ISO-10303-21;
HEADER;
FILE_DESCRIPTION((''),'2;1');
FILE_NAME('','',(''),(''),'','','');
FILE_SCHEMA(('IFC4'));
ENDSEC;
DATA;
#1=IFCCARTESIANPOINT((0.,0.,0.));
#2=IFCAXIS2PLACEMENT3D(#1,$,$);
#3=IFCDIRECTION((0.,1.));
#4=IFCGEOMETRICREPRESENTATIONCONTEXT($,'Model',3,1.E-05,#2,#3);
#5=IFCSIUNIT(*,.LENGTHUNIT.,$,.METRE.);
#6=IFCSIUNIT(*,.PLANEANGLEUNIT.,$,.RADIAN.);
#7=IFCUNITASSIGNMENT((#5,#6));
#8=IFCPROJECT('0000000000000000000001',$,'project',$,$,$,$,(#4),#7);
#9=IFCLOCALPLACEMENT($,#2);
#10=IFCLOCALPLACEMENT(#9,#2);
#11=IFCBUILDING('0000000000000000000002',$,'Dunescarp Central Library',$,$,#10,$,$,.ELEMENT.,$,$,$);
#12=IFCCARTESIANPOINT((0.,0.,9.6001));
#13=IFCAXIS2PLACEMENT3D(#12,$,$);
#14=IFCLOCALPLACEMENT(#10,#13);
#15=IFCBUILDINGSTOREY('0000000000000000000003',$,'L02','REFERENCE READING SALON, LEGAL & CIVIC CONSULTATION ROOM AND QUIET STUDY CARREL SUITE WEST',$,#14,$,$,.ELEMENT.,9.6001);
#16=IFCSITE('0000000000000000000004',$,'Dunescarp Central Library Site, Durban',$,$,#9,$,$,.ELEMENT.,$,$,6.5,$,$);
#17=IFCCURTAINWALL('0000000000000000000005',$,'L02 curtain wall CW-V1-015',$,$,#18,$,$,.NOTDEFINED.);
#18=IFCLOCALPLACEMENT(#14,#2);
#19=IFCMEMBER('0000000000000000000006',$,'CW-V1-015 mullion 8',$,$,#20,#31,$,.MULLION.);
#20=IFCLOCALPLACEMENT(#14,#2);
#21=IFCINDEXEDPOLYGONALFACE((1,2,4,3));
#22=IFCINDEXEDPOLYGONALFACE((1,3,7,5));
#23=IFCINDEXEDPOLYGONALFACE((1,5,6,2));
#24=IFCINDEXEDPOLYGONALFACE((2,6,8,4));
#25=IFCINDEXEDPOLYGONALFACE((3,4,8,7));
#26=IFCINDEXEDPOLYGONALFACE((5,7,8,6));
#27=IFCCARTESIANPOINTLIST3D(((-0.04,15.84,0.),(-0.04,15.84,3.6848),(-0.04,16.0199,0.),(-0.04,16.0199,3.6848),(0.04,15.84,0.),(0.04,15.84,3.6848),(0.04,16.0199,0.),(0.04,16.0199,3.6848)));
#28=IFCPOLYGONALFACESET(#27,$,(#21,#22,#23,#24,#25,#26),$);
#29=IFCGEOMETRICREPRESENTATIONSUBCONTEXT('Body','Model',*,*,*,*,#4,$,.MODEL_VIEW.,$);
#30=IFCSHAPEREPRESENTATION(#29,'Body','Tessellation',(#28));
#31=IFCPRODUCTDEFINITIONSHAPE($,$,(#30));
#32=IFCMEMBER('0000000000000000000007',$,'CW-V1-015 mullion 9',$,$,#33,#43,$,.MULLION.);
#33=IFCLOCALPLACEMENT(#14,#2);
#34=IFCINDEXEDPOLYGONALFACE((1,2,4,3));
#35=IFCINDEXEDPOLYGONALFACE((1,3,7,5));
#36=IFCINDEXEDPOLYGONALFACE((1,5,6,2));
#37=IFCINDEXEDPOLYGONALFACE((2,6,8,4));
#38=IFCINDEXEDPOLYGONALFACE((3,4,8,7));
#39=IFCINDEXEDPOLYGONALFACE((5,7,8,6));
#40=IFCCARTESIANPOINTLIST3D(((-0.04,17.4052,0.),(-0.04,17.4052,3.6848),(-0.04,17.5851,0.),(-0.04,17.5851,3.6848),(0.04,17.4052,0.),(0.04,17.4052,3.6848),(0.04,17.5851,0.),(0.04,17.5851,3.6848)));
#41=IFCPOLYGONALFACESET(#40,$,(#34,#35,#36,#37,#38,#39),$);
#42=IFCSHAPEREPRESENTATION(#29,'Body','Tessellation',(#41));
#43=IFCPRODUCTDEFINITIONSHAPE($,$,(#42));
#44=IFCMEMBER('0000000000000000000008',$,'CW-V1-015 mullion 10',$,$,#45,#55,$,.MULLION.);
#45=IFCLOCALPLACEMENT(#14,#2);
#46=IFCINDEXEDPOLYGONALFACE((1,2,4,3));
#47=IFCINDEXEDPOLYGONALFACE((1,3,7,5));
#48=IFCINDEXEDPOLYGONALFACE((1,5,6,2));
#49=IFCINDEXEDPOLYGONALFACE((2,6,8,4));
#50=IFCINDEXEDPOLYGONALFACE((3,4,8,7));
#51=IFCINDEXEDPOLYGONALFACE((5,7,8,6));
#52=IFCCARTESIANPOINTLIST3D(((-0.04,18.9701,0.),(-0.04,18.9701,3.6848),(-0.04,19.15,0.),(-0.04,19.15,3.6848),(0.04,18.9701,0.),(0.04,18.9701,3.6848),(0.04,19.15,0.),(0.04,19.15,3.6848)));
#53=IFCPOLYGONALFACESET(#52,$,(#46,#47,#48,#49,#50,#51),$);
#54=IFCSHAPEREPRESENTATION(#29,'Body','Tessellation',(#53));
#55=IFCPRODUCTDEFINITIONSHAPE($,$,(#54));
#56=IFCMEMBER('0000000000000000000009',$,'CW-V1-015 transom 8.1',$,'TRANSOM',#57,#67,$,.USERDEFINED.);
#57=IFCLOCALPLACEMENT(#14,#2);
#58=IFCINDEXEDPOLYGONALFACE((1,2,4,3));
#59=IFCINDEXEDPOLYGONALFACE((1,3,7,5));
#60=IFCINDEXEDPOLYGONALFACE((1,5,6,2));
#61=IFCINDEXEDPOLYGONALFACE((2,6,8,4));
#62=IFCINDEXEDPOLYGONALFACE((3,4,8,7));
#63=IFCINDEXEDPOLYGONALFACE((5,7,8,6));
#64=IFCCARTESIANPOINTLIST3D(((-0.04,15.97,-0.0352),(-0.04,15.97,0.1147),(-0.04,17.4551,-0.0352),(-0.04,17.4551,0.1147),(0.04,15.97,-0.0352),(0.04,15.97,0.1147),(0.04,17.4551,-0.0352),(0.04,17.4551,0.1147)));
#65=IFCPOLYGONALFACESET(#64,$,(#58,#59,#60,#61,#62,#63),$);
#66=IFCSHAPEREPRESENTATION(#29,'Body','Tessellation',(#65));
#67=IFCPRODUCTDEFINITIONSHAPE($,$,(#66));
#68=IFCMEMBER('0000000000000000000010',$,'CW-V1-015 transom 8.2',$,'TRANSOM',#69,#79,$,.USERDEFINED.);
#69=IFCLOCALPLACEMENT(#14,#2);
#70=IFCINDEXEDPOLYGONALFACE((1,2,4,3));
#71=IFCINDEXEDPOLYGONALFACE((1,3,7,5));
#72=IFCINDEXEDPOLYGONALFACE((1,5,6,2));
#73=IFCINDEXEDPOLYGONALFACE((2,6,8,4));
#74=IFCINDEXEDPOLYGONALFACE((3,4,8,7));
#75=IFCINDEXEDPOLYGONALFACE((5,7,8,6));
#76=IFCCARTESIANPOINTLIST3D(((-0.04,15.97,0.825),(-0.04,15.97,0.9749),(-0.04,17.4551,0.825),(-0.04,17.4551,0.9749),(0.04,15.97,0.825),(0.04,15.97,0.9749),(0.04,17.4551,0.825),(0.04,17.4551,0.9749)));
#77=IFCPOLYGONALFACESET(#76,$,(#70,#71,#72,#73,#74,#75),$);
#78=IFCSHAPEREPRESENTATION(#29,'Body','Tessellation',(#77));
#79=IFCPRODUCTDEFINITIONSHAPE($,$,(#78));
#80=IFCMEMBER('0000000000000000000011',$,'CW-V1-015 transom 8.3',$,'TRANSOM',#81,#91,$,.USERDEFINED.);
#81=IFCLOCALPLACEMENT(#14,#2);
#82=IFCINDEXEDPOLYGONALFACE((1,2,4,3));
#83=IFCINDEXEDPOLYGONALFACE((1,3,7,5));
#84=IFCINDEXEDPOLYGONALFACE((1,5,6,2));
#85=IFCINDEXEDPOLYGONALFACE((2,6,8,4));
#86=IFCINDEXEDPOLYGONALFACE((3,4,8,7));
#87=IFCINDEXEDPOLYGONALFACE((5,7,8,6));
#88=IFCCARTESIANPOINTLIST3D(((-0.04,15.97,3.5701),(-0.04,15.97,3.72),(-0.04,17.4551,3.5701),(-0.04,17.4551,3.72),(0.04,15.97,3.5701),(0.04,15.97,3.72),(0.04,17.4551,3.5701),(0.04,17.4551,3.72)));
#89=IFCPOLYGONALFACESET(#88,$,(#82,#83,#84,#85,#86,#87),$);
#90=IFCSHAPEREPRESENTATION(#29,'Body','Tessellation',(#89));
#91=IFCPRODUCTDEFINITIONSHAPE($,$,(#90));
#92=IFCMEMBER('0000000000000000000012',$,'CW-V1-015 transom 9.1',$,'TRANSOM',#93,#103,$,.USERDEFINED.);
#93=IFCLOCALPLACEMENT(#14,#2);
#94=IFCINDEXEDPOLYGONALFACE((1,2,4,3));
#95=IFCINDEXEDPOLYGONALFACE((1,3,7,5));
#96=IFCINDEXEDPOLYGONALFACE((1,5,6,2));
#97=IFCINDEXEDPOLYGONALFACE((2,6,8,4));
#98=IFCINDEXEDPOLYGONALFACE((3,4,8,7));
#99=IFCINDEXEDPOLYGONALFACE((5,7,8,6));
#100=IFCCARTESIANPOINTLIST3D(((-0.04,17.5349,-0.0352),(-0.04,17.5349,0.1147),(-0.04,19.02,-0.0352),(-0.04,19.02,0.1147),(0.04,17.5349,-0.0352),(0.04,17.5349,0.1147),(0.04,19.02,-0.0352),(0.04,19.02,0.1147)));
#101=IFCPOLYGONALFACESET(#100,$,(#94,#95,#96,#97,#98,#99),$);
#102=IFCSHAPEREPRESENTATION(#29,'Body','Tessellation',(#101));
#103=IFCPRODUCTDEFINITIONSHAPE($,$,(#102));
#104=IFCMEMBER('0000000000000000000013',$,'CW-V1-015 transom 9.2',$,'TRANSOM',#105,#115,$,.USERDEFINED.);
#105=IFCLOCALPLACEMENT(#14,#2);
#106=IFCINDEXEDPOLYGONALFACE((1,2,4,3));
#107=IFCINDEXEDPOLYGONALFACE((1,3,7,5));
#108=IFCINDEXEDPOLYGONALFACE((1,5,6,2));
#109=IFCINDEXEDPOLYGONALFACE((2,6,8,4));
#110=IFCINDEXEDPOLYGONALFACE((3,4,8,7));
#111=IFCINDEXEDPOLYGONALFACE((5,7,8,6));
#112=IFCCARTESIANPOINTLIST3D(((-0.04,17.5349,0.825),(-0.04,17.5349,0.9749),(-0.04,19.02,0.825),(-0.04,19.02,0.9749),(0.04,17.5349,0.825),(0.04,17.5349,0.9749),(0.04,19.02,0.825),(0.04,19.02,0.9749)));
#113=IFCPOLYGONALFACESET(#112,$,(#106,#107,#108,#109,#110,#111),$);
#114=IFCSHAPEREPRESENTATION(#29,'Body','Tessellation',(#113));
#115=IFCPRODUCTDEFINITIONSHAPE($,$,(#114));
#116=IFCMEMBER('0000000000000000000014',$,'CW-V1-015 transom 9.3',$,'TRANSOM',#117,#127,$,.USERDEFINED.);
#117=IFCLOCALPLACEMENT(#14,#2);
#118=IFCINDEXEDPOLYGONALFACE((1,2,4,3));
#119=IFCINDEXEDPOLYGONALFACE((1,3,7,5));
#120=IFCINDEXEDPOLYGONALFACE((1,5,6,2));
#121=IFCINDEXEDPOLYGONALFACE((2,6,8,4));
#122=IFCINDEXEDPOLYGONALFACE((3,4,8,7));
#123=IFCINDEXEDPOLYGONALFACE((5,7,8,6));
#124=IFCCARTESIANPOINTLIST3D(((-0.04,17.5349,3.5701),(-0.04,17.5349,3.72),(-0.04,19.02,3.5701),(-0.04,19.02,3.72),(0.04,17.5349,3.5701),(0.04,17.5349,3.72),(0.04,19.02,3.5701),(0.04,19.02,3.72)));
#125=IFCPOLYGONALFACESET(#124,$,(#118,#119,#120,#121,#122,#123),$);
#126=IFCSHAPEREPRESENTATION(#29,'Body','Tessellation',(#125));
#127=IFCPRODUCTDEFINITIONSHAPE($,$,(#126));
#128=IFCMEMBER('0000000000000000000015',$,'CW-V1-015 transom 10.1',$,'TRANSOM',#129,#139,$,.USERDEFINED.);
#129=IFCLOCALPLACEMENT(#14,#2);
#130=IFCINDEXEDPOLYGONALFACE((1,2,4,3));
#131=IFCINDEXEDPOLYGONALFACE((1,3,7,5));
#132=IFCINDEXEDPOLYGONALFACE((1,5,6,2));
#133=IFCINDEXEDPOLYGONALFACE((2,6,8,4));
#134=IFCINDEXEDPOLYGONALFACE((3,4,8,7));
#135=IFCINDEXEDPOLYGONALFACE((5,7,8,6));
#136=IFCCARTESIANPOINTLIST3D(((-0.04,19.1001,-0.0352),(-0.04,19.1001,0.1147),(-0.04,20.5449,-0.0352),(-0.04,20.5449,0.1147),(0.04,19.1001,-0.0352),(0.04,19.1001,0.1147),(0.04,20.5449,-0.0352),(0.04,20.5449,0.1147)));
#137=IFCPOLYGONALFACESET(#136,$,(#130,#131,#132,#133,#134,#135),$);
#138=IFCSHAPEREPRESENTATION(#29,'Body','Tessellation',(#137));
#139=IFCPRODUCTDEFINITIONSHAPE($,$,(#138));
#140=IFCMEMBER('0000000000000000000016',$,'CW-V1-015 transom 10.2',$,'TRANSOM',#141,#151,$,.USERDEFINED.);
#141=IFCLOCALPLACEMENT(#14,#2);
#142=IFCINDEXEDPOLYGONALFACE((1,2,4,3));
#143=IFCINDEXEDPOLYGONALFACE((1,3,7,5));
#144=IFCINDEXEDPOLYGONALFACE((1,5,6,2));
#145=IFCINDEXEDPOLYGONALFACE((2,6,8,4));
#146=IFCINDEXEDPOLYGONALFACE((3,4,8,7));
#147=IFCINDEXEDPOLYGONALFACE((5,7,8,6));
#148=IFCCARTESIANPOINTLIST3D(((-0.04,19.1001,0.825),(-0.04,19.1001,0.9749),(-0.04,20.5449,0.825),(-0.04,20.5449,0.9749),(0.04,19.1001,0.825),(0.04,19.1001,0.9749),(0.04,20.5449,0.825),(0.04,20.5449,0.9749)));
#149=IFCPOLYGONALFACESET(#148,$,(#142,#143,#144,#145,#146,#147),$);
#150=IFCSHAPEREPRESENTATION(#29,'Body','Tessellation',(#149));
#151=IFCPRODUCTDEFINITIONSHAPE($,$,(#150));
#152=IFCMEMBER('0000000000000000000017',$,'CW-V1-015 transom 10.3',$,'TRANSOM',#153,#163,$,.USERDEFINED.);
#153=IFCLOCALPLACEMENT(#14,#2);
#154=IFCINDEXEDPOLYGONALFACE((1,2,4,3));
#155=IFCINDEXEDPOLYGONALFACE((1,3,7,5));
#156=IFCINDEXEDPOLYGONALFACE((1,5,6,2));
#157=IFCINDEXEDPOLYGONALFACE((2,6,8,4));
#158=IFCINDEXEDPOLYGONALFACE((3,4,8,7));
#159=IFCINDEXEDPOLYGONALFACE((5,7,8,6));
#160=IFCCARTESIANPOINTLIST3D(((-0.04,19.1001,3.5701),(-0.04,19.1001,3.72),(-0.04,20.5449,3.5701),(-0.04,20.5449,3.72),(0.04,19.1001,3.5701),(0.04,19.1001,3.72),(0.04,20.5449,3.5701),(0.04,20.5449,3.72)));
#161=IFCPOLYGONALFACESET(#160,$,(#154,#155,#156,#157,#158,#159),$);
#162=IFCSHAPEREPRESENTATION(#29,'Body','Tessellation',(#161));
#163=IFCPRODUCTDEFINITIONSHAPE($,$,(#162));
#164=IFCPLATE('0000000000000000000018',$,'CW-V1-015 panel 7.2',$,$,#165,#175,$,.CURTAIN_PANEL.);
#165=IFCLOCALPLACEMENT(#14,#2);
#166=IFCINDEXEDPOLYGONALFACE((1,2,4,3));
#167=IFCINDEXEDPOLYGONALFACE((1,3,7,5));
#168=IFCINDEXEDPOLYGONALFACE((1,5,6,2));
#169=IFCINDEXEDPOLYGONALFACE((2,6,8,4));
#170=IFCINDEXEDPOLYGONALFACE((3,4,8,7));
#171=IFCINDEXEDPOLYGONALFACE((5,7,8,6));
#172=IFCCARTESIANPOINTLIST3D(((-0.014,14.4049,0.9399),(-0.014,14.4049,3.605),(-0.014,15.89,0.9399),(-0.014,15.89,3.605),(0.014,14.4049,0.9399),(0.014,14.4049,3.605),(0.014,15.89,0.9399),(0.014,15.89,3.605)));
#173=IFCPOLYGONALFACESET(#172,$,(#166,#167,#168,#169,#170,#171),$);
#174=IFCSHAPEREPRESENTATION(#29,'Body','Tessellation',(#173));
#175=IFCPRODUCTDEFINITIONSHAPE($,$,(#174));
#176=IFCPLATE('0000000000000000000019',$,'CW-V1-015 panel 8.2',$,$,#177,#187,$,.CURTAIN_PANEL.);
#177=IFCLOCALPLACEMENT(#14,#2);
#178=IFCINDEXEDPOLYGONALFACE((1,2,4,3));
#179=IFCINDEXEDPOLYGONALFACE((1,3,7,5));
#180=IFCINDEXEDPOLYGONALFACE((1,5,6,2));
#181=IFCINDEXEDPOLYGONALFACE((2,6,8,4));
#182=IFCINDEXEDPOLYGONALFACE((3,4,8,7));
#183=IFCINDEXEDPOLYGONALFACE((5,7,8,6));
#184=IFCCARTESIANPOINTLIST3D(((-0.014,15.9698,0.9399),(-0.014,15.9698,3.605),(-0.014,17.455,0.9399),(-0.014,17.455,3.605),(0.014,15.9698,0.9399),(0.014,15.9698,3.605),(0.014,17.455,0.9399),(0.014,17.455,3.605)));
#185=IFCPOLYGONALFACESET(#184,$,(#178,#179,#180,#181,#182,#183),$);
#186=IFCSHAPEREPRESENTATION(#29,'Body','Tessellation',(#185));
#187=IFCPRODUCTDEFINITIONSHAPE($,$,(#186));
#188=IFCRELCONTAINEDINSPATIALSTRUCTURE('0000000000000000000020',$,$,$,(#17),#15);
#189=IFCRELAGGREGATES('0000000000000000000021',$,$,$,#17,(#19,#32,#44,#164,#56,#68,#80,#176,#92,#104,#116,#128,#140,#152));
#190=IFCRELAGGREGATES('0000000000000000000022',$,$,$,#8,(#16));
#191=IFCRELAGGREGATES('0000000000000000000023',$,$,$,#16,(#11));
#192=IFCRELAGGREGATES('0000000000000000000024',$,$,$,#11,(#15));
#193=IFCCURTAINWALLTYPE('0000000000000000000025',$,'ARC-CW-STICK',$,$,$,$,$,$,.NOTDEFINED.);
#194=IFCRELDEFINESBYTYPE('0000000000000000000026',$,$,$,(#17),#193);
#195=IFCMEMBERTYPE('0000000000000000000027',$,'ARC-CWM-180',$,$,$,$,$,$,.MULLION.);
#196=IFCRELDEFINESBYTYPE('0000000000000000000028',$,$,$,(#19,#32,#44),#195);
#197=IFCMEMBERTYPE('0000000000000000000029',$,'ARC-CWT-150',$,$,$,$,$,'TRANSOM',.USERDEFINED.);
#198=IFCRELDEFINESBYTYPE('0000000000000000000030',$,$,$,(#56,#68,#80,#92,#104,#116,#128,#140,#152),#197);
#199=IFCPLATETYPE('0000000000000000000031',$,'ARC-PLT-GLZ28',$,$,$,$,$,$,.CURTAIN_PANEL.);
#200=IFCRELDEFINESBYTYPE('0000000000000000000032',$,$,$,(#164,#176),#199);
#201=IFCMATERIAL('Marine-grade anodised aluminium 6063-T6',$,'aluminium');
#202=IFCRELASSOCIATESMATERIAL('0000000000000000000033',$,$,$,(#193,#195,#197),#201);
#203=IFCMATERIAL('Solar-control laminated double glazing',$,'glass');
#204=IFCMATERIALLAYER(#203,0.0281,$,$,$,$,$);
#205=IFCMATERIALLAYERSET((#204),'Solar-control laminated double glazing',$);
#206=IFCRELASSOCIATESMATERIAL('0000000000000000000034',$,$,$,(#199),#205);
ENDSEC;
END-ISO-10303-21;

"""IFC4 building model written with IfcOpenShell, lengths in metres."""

from ifc_helpers import new_model, si_unit, direction, frame, origin, origin_2d, place, context, subcontext, project, spatial, rectangle, extrude, material, layer, layer_set, material_profile, profile_set, type_object, element, aggregate, save


model = new_model("IFC4")

# Units and contexts
model_context = context("Model", 3, precision=1e-05, world=origin(), true_north=direction((0.0, 1.0)))
body_context = subcontext(model_context, "Body", "Model", "MODEL_VIEW")
ifc_project = project(units=[si_unit("LENGTHUNIT", "METRE"), si_unit("PLANEANGLEUNIT", "RADIAN")], contexts=[model_context])

# Site, building, storey
site_placement = place(None, origin())
site = spatial("IfcSite", under=ifc_project, at=site_placement, Name="Dunescarp Central Library Site, Durban", CompositionType="ELEMENT", RefElevation=6.5)
building_placement = place(site_placement, origin())
building = spatial("IfcBuilding", under=site, at=building_placement, Name="Dunescarp Central Library", CompositionType="ELEMENT")
storey_placement = place(building_placement, frame((0.0, 0.0, 9.6001)))
storey = spatial("IfcBuildingStorey", under=building, at=storey_placement, Name="L02", Description="REFERENCE READING SALON, LEGAL & CIVIC CONSULTATION ROOM AND QUIET STUDY CARREL SUITE WEST", CompositionType="ELEMENT", Elevation=9.6001)

# Curtain wall, members, plates
ifc_material_1 = material(Name="Marine-grade anodised aluminium 6063-T6", Category="aluminium")
curtain_wall_type = type_object("IfcCurtainWallType", Name="ARC-CW-STICK", PredefinedType="NOTDEFINED", material=ifc_material_1)
curtain_wall_placement = place(storey_placement, origin())
curtain_wall = element("IfcCurtainWall", 1, at=curtain_wall_placement, inside=storey, type_object=curtain_wall_type, Name="L02 curtain wall CW-V1-015", PredefinedType="NOTDEFINED")
ifc_material_profile_1 = material_profile(ifc_material_1, rectangle(XDim=0.0801, YDim=0.1799, at=origin_2d()), Name="AL 80x180")
ifc_profile_set_1 = profile_set([ifc_material_profile_1], Name="Marine-grade anodised aluminium 6063-T6")
member_type_1 = type_object("IfcMemberType", Name="ARC-CWM-180", PredefinedType="MULLION", material=ifc_profile_set_1)
member_1_placement = place(storey_placement, frame((0.0, 15.9299, 0.0), z_axis=(0.0, 0.0, 1.0), x_axis=(-1.0, 0.0, 0.0)))
member_1 = element("IfcMember", 2, at=member_1_placement, type_object=member_type_1, Name="CW-V1-015 mullion 8", PredefinedType="MULLION", context=body_context, shape_type="SweptSolid", body=[
    extrude(rectangle(XDim=0.0801, YDim=0.1799, at=origin_2d()), origin(), (0.0, 0.0, 1.0), 3.6848),
])
member_2_placement = place(storey_placement, frame((0.0, 17.4951, 0.0), z_axis=(0.0, 0.0, 1.0), x_axis=(-1.0, 0.0, 0.0)))
member_2 = element("IfcMember", 3, at=member_2_placement, type_object=member_type_1, Name="CW-V1-015 mullion 9", PredefinedType="MULLION", context=body_context, shape_type="SweptSolid", body=[
    extrude(rectangle(XDim=0.0801, YDim=0.1799, at=origin_2d()), origin(), (0.0, 0.0, 1.0), 3.6848),
])
member_3_placement = place(storey_placement, frame((0.0, 19.0601, 0.0), z_axis=(0.0, 0.0, 1.0), x_axis=(-1.0, 0.0, 0.0)))
member_3 = element("IfcMember", 4, at=member_3_placement, type_object=member_type_1, Name="CW-V1-015 mullion 10", PredefinedType="MULLION", context=body_context, shape_type="SweptSolid", body=[
    extrude(rectangle(XDim=0.0801, YDim=0.1799, at=origin_2d()), origin(), (0.0, 0.0, 1.0), 3.6848),
])
ifc_material_profile_2 = material_profile(ifc_material_1, rectangle(XDim=0.0801, YDim=0.1499, at=origin_2d()), Name="AL 80x150")
ifc_profile_set_2 = profile_set([ifc_material_profile_2], Name="Marine-grade anodised aluminium 6063-T6")
member_type_2 = type_object("IfcMemberType", Name="ARC-CWT-150", ElementType="TRANSOM", PredefinedType="USERDEFINED", material=ifc_profile_set_2)
member_4_placement = place(storey_placement, frame((0.0, 15.97, 0.0398), z_axis=(0.0, 1.0, 0.0), x_axis=(-1.0, 0.0, 0.0)))
member_4 = element("IfcMember", 5, at=member_4_placement, type_object=member_type_2, Name="CW-V1-015 transom 8.1", ObjectType="TRANSOM", PredefinedType="USERDEFINED", context=body_context, shape_type="SweptSolid", body=[
    extrude(rectangle(XDim=0.0801, YDim=0.1499, at=origin_2d()), origin(), (0.0, 0.0, 1.0), 1.4851),
])
member_5_placement = place(storey_placement, frame((0.0, 15.97, 0.8999), z_axis=(0.0, 1.0, 0.0), x_axis=(-1.0, 0.0, 0.0)))
member_5 = element("IfcMember", 6, at=member_5_placement, type_object=member_type_2, Name="CW-V1-015 transom 8.2", ObjectType="TRANSOM", PredefinedType="USERDEFINED", context=body_context, shape_type="SweptSolid", body=[
    extrude(rectangle(XDim=0.0801, YDim=0.1499, at=origin_2d()), origin(), (0.0, 0.0, 1.0), 1.4851),
])
member_6_placement = place(storey_placement, frame((0.0, 15.97, 3.645), z_axis=(0.0, 1.0, 0.0), x_axis=(-1.0, 0.0, 0.0)))
member_6 = element("IfcMember", 7, at=member_6_placement, type_object=member_type_2, Name="CW-V1-015 transom 8.3", ObjectType="TRANSOM", PredefinedType="USERDEFINED", context=body_context, shape_type="SweptSolid", body=[
    extrude(rectangle(XDim=0.0801, YDim=0.1499, at=origin_2d()), origin(), (0.0, 0.0, 1.0), 1.4851),
])
member_7_placement = place(storey_placement, frame((0.0, 17.5349, 0.0398), z_axis=(0.0, 1.0, 0.0), x_axis=(-1.0, 0.0, 0.0)))
member_7 = element("IfcMember", 8, at=member_7_placement, type_object=member_type_2, Name="CW-V1-015 transom 9.1", ObjectType="TRANSOM", PredefinedType="USERDEFINED", context=body_context, shape_type="SweptSolid", body=[
    extrude(rectangle(XDim=0.0801, YDim=0.1499, at=origin_2d()), origin(), (0.0, 0.0, 1.0), 1.4851),
])
member_8_placement = place(storey_placement, frame((0.0, 17.5349, 0.8999), z_axis=(0.0, 1.0, 0.0), x_axis=(-1.0, 0.0, 0.0)))
member_8 = element("IfcMember", 9, at=member_8_placement, type_object=member_type_2, Name="CW-V1-015 transom 9.2", ObjectType="TRANSOM", PredefinedType="USERDEFINED", context=body_context, shape_type="SweptSolid", body=[
    extrude(rectangle(XDim=0.0801, YDim=0.1499, at=origin_2d()), origin(), (0.0, 0.0, 1.0), 1.4851),
])
member_9_placement = place(storey_placement, frame((0.0, 17.5349, 3.645), z_axis=(0.0, 1.0, 0.0), x_axis=(-1.0, 0.0, 0.0)))
member_9 = element("IfcMember", 10, at=member_9_placement, type_object=member_type_2, Name="CW-V1-015 transom 9.3", ObjectType="TRANSOM", PredefinedType="USERDEFINED", context=body_context, shape_type="SweptSolid", body=[
    extrude(rectangle(XDim=0.0801, YDim=0.1499, at=origin_2d()), origin(), (0.0, 0.0, 1.0), 1.4851),
])
member_10_placement = place(storey_placement, frame((0.0, 19.1001, 0.0398), z_axis=(0.0, 1.0, 0.0), x_axis=(-1.0, 0.0, 0.0)))
member_10 = element("IfcMember", 11, at=member_10_placement, type_object=member_type_2, Name="CW-V1-015 transom 10.1", ObjectType="TRANSOM", PredefinedType="USERDEFINED", context=body_context, shape_type="SweptSolid", body=[
    extrude(rectangle(XDim=0.0801, YDim=0.1499, at=origin_2d()), origin(), (0.0, 0.0, 1.0), 1.4448),
])
member_11_placement = place(storey_placement, frame((0.0, 19.1001, 0.8999), z_axis=(0.0, 1.0, 0.0), x_axis=(-1.0, 0.0, 0.0)))
member_11 = element("IfcMember", 12, at=member_11_placement, type_object=member_type_2, Name="CW-V1-015 transom 10.2", ObjectType="TRANSOM", PredefinedType="USERDEFINED", context=body_context, shape_type="SweptSolid", body=[
    extrude(rectangle(XDim=0.0801, YDim=0.1499, at=origin_2d()), origin(), (0.0, 0.0, 1.0), 1.4448),
])
member_12_placement = place(storey_placement, frame((0.0, 19.1001, 3.645), z_axis=(0.0, 1.0, 0.0), x_axis=(-1.0, 0.0, 0.0)))
member_12 = element("IfcMember", 13, at=member_12_placement, type_object=member_type_2, Name="CW-V1-015 transom 10.3", ObjectType="TRANSOM", PredefinedType="USERDEFINED", context=body_context, shape_type="SweptSolid", body=[
    extrude(rectangle(XDim=0.0801, YDim=0.1499, at=origin_2d()), origin(), (0.0, 0.0, 1.0), 1.4448),
])
ifc_material_2 = material(Name="Solar-control laminated double glazing", Category="glass")
ifc_layer_1 = layer(ifc_material_2, 0.0281)
ifc_layer_set_1 = layer_set([ifc_layer_1], Name="Solar-control laminated double glazing")
plate_type_1 = type_object("IfcPlateType", Name="ARC-PLT-GLZ28", PredefinedType="CURTAIN_PANEL", material=ifc_layer_set_1)
plate_1_placement = place(storey_placement, frame((0.0, 15.1475, 0.9399), z_axis=(0.0, 0.0, 1.0), x_axis=(0.0, 1.0, 0.0)))
plate_1 = element("IfcPlate", 14, at=plate_1_placement, type_object=plate_type_1, Name="CW-V1-015 panel 7.2", PredefinedType="CURTAIN_PANEL", context=body_context, shape_type="SweptSolid", body=[
    extrude(rectangle(XDim=1.4851, YDim=0.0281, at=origin_2d()), origin(), (0.0, 0.0, 1.0), 2.665),
])
plate_2_placement = place(storey_placement, frame((0.0, 16.7124, 0.9399), z_axis=(0.0, 0.0, 1.0), x_axis=(0.0, 1.0, 0.0)))
plate_2 = element("IfcPlate", 15, at=plate_2_placement, type_object=plate_type_1, Name="CW-V1-015 panel 8.2", PredefinedType="CURTAIN_PANEL", context=body_context, shape_type="SweptSolid", body=[
    extrude(rectangle(XDim=1.4851, YDim=0.0281, at=origin_2d()), origin(), (0.0, 0.0, 1.0), 2.665),
])
aggregate(curtain_wall, [member_1, member_2, member_3, plate_1, member_4, member_5, member_6, plate_2, member_7, member_8, member_9, member_10, member_11, member_12])

save(model, "model.ifc")
